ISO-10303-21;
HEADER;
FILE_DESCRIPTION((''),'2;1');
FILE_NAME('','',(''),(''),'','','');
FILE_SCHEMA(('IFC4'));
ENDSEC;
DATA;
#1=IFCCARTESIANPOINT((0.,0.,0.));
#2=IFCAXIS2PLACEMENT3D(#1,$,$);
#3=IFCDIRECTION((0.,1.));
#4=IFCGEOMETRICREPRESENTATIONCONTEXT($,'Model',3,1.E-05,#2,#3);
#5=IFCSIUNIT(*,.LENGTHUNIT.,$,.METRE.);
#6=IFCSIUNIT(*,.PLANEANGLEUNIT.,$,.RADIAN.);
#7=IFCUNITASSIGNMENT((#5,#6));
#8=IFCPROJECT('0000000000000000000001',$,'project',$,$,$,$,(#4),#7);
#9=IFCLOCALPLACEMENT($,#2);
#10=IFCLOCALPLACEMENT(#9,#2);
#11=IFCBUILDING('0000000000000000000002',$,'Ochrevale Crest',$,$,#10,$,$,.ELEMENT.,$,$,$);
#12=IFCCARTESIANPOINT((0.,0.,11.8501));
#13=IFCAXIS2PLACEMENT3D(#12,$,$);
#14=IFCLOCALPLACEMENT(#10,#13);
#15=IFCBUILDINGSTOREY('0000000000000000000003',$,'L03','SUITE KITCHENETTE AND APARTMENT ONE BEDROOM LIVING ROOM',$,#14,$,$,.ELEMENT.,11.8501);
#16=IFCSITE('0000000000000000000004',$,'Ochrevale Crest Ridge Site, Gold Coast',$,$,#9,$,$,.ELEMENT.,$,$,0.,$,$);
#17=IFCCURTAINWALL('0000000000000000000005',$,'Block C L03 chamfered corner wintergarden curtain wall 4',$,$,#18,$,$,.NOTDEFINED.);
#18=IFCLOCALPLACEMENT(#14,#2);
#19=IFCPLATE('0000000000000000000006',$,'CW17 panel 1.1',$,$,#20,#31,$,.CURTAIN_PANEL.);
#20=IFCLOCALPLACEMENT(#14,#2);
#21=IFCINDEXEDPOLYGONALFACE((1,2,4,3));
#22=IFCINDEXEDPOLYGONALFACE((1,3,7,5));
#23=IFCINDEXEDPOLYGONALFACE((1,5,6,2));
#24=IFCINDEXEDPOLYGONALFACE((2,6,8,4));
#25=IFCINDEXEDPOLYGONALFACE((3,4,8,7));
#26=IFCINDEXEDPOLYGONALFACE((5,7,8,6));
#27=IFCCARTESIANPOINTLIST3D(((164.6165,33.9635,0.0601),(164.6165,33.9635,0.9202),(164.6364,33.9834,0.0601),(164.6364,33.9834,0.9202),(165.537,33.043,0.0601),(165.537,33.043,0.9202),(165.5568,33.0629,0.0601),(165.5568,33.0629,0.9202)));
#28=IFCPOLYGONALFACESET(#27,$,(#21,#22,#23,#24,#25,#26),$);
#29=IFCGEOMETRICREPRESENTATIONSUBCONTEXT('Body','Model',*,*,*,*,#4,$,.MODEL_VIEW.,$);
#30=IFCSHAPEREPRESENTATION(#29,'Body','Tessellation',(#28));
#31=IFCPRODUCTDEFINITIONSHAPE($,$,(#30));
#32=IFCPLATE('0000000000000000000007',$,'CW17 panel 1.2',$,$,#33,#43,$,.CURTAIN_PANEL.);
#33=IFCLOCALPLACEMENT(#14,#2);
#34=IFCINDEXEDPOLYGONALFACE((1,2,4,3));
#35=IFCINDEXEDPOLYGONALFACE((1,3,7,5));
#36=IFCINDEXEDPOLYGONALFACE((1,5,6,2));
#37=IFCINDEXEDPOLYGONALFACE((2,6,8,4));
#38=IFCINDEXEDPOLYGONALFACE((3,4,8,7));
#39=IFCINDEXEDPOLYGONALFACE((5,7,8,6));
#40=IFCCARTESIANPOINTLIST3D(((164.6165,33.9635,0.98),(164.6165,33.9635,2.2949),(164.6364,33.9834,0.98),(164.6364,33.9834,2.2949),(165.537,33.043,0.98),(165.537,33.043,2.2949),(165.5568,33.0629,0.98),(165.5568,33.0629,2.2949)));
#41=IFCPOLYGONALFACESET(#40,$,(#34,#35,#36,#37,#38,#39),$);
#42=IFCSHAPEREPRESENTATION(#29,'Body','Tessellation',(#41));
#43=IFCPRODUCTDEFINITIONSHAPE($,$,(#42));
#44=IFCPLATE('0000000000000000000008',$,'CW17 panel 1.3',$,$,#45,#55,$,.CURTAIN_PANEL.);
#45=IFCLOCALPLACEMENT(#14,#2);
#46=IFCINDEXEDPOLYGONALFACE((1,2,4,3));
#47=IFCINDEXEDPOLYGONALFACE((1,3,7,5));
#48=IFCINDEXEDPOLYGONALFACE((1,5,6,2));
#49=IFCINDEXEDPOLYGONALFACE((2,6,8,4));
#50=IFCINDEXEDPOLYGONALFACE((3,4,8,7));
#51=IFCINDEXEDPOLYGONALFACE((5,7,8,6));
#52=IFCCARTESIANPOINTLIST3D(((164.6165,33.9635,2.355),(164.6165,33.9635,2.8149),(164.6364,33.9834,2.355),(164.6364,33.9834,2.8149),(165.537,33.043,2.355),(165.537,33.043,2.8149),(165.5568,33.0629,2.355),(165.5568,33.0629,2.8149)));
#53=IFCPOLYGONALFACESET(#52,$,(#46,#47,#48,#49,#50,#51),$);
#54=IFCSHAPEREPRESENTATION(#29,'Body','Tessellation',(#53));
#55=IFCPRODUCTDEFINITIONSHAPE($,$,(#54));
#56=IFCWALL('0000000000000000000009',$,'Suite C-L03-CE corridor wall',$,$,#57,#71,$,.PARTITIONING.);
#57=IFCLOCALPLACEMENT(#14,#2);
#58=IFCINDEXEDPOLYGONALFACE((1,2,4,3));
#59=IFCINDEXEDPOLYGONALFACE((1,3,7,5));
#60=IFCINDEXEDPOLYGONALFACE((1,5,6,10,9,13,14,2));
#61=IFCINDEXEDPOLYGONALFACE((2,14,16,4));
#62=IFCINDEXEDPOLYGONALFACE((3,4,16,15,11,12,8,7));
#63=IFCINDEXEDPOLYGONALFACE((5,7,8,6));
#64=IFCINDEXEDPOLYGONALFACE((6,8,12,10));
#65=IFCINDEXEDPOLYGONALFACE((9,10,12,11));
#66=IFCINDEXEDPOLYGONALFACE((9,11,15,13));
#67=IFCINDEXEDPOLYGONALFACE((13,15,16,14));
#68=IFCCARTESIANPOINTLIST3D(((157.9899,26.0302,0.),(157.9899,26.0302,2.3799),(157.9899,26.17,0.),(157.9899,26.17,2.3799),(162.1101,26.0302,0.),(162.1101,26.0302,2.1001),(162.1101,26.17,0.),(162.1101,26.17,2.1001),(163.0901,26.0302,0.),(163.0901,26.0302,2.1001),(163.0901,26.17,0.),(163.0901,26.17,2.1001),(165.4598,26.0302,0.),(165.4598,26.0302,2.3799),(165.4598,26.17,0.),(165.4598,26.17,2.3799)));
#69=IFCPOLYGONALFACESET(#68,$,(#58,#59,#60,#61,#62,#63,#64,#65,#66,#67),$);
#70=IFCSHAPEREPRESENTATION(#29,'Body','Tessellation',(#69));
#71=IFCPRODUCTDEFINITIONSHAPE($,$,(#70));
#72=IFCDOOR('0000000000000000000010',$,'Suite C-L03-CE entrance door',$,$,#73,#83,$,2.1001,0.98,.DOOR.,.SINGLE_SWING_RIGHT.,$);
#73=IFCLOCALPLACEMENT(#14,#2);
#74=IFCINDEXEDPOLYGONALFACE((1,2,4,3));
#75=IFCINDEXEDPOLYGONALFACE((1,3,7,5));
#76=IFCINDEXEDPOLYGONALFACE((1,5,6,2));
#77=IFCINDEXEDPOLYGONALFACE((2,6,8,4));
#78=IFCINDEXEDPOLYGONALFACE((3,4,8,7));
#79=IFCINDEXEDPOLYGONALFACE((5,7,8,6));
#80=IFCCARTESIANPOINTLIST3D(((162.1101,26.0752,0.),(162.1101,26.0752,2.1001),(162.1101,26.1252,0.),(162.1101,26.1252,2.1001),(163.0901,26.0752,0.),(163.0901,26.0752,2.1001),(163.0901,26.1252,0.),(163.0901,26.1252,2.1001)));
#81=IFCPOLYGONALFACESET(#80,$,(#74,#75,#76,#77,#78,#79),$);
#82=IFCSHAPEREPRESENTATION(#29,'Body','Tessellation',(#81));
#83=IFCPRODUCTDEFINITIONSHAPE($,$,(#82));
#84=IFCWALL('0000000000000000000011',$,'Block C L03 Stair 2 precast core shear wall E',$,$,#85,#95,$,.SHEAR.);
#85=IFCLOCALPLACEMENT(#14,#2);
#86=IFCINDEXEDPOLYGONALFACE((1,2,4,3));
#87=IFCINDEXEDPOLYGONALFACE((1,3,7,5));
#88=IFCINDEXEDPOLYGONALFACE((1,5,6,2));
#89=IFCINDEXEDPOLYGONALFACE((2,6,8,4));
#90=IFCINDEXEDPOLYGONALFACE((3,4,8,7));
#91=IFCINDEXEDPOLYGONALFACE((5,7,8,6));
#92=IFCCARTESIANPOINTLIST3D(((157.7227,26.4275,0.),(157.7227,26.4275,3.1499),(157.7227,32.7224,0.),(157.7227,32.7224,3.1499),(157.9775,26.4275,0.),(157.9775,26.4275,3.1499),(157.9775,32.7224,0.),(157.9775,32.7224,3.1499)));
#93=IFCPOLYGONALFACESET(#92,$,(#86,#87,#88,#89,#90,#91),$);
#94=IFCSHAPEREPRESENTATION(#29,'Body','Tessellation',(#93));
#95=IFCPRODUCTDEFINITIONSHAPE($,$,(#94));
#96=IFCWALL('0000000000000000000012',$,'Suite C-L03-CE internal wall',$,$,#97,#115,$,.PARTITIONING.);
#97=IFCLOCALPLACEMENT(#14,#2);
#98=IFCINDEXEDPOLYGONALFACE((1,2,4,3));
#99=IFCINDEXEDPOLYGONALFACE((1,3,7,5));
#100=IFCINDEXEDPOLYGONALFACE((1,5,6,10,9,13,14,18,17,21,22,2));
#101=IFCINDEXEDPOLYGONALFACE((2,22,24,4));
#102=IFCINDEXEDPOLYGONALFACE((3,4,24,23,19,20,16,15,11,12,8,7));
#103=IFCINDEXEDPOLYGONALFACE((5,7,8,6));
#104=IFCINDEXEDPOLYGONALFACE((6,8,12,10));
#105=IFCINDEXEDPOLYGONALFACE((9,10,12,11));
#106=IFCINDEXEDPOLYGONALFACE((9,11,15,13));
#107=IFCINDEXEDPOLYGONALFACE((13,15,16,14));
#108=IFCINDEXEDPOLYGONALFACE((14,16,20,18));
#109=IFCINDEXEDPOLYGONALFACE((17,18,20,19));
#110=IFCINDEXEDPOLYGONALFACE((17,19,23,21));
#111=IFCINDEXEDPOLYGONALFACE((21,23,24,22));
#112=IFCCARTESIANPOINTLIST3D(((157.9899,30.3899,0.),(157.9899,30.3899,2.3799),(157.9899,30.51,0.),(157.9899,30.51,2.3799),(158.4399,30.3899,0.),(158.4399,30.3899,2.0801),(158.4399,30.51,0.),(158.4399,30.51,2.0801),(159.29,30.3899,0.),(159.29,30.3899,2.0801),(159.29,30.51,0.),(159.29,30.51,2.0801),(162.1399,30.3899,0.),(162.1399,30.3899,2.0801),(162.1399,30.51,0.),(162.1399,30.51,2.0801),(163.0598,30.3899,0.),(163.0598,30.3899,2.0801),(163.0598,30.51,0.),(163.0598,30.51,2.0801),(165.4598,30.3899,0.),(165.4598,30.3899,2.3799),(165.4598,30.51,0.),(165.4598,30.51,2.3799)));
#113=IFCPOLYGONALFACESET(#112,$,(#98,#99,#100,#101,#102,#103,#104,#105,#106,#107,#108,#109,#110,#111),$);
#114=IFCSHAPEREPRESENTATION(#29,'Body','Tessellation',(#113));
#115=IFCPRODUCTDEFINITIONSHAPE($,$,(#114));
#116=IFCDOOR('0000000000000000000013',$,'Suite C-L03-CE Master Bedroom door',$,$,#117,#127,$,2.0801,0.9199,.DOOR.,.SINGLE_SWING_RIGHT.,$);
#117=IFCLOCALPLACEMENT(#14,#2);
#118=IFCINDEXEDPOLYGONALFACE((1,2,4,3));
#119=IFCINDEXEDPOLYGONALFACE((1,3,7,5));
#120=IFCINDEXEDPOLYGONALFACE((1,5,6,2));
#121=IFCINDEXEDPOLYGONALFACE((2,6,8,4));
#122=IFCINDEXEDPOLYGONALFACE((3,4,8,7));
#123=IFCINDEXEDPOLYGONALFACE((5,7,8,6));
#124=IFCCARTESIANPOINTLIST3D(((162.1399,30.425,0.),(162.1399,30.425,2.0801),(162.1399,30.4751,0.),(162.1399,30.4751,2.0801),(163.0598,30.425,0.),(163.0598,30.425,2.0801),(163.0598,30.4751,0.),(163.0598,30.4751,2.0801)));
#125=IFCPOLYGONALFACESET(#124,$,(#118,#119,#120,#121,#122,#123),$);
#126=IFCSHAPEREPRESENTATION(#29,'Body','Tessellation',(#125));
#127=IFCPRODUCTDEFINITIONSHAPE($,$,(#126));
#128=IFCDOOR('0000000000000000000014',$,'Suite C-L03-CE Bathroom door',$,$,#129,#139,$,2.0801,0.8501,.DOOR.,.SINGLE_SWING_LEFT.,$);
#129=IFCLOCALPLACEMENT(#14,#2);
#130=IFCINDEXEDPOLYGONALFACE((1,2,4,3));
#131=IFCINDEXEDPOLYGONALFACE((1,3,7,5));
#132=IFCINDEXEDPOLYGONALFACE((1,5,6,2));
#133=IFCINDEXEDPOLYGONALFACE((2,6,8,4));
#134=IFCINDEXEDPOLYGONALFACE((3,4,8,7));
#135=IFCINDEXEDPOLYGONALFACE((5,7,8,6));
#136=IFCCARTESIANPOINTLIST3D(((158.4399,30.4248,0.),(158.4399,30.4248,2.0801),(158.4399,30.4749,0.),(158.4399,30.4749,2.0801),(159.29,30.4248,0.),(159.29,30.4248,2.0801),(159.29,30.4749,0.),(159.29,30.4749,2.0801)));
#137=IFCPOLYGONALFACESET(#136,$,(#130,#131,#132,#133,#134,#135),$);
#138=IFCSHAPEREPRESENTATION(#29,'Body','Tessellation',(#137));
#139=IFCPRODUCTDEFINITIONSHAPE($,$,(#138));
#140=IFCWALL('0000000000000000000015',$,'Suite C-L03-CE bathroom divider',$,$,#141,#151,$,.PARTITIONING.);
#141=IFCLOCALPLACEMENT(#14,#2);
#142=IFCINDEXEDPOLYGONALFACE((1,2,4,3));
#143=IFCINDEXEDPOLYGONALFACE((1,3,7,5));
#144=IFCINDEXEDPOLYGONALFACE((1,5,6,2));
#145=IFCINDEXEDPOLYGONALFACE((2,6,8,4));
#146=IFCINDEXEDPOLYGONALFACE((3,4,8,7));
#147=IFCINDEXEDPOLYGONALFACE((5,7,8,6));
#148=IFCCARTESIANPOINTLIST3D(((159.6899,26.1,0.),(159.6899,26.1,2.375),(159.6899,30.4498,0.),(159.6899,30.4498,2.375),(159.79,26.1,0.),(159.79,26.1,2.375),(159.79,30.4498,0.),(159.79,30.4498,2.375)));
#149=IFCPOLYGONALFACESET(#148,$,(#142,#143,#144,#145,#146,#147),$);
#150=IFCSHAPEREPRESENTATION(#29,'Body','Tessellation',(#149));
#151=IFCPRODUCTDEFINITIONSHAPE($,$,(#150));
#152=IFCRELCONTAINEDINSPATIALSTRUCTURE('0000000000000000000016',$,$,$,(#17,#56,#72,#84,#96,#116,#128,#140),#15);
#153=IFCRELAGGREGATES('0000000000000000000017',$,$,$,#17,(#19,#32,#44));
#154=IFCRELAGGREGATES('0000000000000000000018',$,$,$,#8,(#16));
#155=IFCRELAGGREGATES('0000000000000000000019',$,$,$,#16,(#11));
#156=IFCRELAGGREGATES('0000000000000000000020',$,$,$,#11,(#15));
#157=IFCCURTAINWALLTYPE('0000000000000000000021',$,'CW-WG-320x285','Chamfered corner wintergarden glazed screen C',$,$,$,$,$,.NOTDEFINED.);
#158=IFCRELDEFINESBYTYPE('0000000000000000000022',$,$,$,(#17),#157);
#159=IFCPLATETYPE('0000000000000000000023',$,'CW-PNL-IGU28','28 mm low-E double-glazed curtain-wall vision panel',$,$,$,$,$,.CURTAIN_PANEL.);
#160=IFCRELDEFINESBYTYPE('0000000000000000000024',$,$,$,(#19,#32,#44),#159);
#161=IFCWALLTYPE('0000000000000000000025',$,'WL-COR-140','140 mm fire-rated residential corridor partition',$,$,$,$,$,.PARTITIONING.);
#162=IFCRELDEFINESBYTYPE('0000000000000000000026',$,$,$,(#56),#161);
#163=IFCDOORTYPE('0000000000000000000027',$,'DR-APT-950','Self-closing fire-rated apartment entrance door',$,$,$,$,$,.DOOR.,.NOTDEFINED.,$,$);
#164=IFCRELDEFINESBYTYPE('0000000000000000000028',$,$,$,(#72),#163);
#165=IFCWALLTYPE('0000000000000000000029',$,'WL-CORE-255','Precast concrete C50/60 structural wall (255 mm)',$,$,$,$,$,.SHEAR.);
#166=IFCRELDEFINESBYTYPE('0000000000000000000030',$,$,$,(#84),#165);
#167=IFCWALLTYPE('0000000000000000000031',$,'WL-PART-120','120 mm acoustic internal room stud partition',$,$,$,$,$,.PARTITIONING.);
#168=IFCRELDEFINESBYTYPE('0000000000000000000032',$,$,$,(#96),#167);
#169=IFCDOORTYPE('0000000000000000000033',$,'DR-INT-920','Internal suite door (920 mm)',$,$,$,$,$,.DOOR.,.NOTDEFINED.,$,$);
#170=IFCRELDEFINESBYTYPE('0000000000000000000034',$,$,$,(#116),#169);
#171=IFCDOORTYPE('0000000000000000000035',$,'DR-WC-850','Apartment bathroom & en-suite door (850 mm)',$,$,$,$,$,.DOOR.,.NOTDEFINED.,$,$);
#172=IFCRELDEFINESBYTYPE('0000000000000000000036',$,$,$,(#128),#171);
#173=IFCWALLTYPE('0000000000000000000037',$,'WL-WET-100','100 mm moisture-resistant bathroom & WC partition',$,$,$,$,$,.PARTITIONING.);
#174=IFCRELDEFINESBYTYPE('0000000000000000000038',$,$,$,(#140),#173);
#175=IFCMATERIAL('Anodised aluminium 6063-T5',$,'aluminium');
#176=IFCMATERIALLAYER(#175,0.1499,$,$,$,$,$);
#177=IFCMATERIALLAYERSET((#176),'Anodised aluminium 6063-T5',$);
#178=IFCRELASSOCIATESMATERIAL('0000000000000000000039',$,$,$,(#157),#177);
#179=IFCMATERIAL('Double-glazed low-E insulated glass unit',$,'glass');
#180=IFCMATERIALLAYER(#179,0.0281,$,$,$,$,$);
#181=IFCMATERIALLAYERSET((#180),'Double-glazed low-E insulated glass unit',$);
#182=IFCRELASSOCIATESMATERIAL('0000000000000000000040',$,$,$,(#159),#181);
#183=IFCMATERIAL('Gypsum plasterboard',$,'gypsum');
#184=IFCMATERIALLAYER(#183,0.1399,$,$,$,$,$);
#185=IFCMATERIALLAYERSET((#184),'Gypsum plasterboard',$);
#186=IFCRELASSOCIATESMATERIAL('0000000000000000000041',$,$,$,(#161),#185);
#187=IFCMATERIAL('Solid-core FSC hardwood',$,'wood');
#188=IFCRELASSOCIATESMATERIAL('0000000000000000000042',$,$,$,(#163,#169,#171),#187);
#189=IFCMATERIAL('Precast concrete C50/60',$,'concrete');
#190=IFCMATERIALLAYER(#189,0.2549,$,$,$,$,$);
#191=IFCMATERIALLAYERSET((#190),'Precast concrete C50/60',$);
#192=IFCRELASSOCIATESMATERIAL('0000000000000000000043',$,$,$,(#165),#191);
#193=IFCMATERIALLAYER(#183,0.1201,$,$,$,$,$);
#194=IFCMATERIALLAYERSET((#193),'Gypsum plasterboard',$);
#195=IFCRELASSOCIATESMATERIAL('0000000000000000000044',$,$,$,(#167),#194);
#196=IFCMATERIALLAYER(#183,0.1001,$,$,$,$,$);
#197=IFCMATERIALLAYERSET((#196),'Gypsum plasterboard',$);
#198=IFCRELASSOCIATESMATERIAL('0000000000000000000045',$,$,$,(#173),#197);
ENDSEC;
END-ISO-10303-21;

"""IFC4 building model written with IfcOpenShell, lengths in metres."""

from ifc_helpers import new_model, si_unit, direction, frame, frame_2d, origin, origin_2d, place, context, subcontext, project, spatial, rectangle, extrude, material, layer, layer_set, type_object, element, fill, aggregate, save


model = new_model("IFC4")

# Units and contexts
model_context = context("Model", 3, precision=1e-05, world=origin(), true_north=direction((0.0, 1.0)))
body_context = subcontext(model_context, "Body", "Model", "MODEL_VIEW")
ifc_project = project(units=[si_unit("LENGTHUNIT", "METRE"), si_unit("PLANEANGLEUNIT", "RADIAN")], contexts=[model_context])

# Site, building, storey
site_placement = place(None, origin())
site = spatial("IfcSite", under=ifc_project, at=site_placement, Name="Ochrevale Crest Ridge Site, Gold Coast", CompositionType="ELEMENT", RefElevation=0.0)
building_placement = place(site_placement, origin())
building = spatial("IfcBuilding", under=site, at=building_placement, Name="Ochrevale Crest", CompositionType="ELEMENT")
storey_placement = place(building_placement, frame((0.0, 0.0, 11.8501)))
storey = spatial("IfcBuildingStorey", under=building, at=storey_placement, Name="L03", Description="SUITE KITCHENETTE AND APARTMENT ONE BEDROOM LIVING ROOM", CompositionType="ELEMENT", Elevation=11.8501)

# Shared definitions
ifc_material_1 = material(Name="Precast concrete C50/60", Category="concrete")

# Curtain wall, plates
ifc_material_2 = material(Name="Anodised aluminium 6063-T5", Category="aluminium")
ifc_layer_1 = layer(ifc_material_2, 0.1499)
ifc_layer_set_1 = layer_set([ifc_layer_1], Name="Anodised aluminium 6063-T5")
curtain_wall_type = type_object("IfcCurtainWallType", Name="CW-WG-320x285", Description="Chamfered corner wintergarden glazed screen C", PredefinedType="NOTDEFINED", material=ifc_layer_set_1)
curtain_wall_placement = place(storey_placement, origin())
curtain_wall = element("IfcCurtainWall", 1, at=curtain_wall_placement, inside=storey, type_object=curtain_wall_type, Name="Block C L03 chamfered corner wintergarden curtain wall 4", PredefinedType="NOTDEFINED")
ifc_material_3 = material(Name="Double-glazed low-E insulated glass unit", Category="glass")
ifc_layer_2 = layer(ifc_material_3, 0.0281)
ifc_layer_set_2 = layer_set([ifc_layer_2], Name="Double-glazed low-E insulated glass unit")
plate_type = type_object("IfcPlateType", Name="CW-PNL-IGU28", Description="28 mm low-E double-glazed curtain-wall vision panel", PredefinedType="CURTAIN_PANEL", material=ifc_layer_set_2)
plate_1_placement = place(storey_placement, frame((165.0867, 33.5132, 0.0601), z_axis=(0.0, 0.0, 1.0), x_axis=(-0.707107, 0.707107, 0.0)))
plate_1 = element("IfcPlate", 2, at=plate_1_placement, type_object=plate_type, Name="CW17 panel 1.1", PredefinedType="CURTAIN_PANEL", context=body_context, shape_type="SweptSolid", body=[
    extrude(rectangle(XDim=1.3018, YDim=0.0281, at=origin_2d()), origin(), (0.0, 0.0, 1.0), 0.8601),
])
plate_2_placement = place(storey_placement, frame((165.0867, 33.5132, 0.98), z_axis=(0.0, 0.0, 1.0), x_axis=(-0.707107, 0.707107, 0.0)))
plate_2 = element("IfcPlate", 3, at=plate_2_placement, type_object=plate_type, Name="CW17 panel 1.2", PredefinedType="CURTAIN_PANEL", context=body_context, shape_type="SweptSolid", body=[
    extrude(rectangle(XDim=1.3018, YDim=0.0281, at=origin_2d()), origin(), (0.0, 0.0, 1.0), 1.3149),
])
plate_3_placement = place(storey_placement, frame((165.0867, 33.5132, 2.355), z_axis=(0.0, 0.0, 1.0), x_axis=(-0.707107, 0.707107, 0.0)))
plate_3 = element("IfcPlate", 4, at=plate_3_placement, type_object=plate_type, Name="CW17 panel 1.3", PredefinedType="CURTAIN_PANEL", context=body_context, shape_type="SweptSolid", body=[
    extrude(rectangle(XDim=1.3018, YDim=0.0281, at=origin_2d()), origin(), (0.0, 0.0, 1.0), 0.46),
])
aggregate(curtain_wall, [plate_1, plate_2, plate_3])

# Wall, opening, door
ifc_material_4 = material(Name="Gypsum plasterboard", Category="gypsum")
ifc_layer_3 = layer(ifc_material_4, 0.1399)
ifc_layer_set_3 = layer_set([ifc_layer_3], Name="Gypsum plasterboard")
wall_type_1 = type_object("IfcWallType", Name="WL-COR-140", Description="140 mm fire-rated residential corridor partition", PredefinedType="PARTITIONING", material=ifc_layer_set_3)
wall_1_placement = place(storey_placement, frame((157.99, 26.1001, 0.0), z_axis=(0.0, 0.0, 1.0), x_axis=(1.0, 0.0, 0.0)))
wall_1 = element("IfcWall", 5, at=wall_1_placement, inside=storey, type_object=wall_type_1, Name="Suite C-L03-CE corridor wall", PredefinedType="PARTITIONING", context=body_context, shape_type="SweptSolid", body=[
    extrude(rectangle(XDim=7.47, YDim=0.1399, at=frame_2d((3.7349, 0.0))), origin(), (0.0, 0.0, 1.0), 2.3799),
])
opening_1_placement = place(wall_1_placement, frame((5.1001, 0.0, 0.0), z_axis=(0.0, 0.0, 1.0), x_axis=(-1.0, 0.0, 0.0)))
opening_1 = element("IfcOpeningElement", 6, at=opening_1_placement, cuts=wall_1, PredefinedType="OPENING", context=body_context, shape_type="SweptSolid", body=[
    extrude(rectangle(XDim=0.98, YDim=2.1001, at=frame_2d((0.49, 1.05))), frame((0.0, 0.0801, 0.0), z_axis=(0.0, -1.0, 0.0), x_axis=(1.0, 0.0, 0.0)), (0.0, 0.0, 1.0), 0.1599),
])
ifc_material_5 = material(Name="Solid-core FSC hardwood", Category="wood")
door_type_1 = type_object("IfcDoorType", Name="DR-APT-950", Description="Self-closing fire-rated apartment entrance door", OperationType="NOTDEFINED", PredefinedType="DOOR", material=ifc_material_5)
door_1_placement = place(opening_1_placement, origin())
door_1 = element("IfcDoor", 7, at=door_1_placement, inside=storey, type_object=door_type_1, Name="Suite C-L03-CE entrance door", OperationType="SINGLE_SWING_RIGHT", OverallHeight=2.1001, OverallWidth=0.98, PredefinedType="DOOR", context=body_context, shape_type="SweptSolid", body=[
    extrude(rectangle(XDim=0.98, YDim=2.1001, at=frame_2d((0.49, 1.05))), frame((0.0, 0.0249, 0.0), z_axis=(0.0, -1.0, 0.0), x_axis=(1.0, 0.0, 0.0)), (0.0, 0.0, 1.0), 0.05),
])
fill(opening_1, door_1)

# Wall
ifc_layer_4 = layer(ifc_material_1, 0.2549)
ifc_layer_set_4 = layer_set([ifc_layer_4], Name="Precast concrete C50/60")
wall_type_2 = type_object("IfcWallType", Name="WL-CORE-255", Description="Precast concrete C50/60 structural wall (255 mm)", PredefinedType="SHEAR", material=ifc_layer_set_4)
wall_2_placement = place(storey_placement, frame((157.8501, 26.4275, 0.0), z_axis=(0.0, 0.0, 1.0), x_axis=(0.0, 1.0, 0.0)))
element("IfcWall", 8, at=wall_2_placement, inside=storey, type_object=wall_type_2, Name="Block C L03 Stair 2 precast core shear wall E", PredefinedType="SHEAR", context=body_context, shape_type="SweptSolid", body=[
    extrude(rectangle(XDim=6.2949, YDim=0.2549, at=frame_2d((3.1475, 0.0))), origin(), (0.0, 0.0, 1.0), 3.1499),
])

# Wall, openings, doors
ifc_layer_5 = layer(ifc_material_4, 0.1201)
ifc_layer_set_5 = layer_set([ifc_layer_5], Name="Gypsum plasterboard")
wall_type_3 = type_object("IfcWallType", Name="WL-PART-120", Description="120 mm acoustic internal room stud partition", PredefinedType="PARTITIONING", material=ifc_layer_set_5)
wall_3_placement = place(storey_placement, frame((157.99, 30.45, 0.0), z_axis=(0.0, 0.0, 1.0), x_axis=(1.0, 0.0, 0.0)))
wall_3 = element("IfcWall", 9, at=wall_3_placement, inside=storey, type_object=wall_type_3, Name="Suite C-L03-CE internal wall", PredefinedType="PARTITIONING", context=body_context, shape_type="SweptSolid", body=[
    extrude(rectangle(XDim=7.47, YDim=0.1201, at=frame_2d((3.7349, 0.0))), origin(), (0.0, 0.0, 1.0), 2.3799),
])
opening_2_placement = place(wall_3_placement, frame((0.45, 0.0, 0.0)))
opening_2 = element("IfcOpeningElement", 10, at=opening_2_placement, cuts=wall_3, PredefinedType="OPENING", context=body_context, shape_type="SweptSolid", body=[
    extrude(rectangle(XDim=0.8501, YDim=2.0801, at=frame_2d((0.425, 1.04))), frame((0.0, 0.0701, 0.0), z_axis=(0.0, -1.0, 0.0), x_axis=(1.0, 0.0, 0.0)), (0.0, 0.0, 1.0), 0.1401),
])
opening_3_placement = place(wall_3_placement, frame((5.0698, 0.0, 0.0), z_axis=(0.0, 0.0, 1.0), x_axis=(-1.0, 0.0, 0.0)))
opening_3 = element("IfcOpeningElement", 11, at=opening_3_placement, cuts=wall_3, PredefinedType="OPENING", context=body_context, shape_type="SweptSolid", body=[
    extrude(rectangle(XDim=0.9199, YDim=2.0801, at=frame_2d((0.46, 1.04))), frame((0.0, 0.0701, 0.0), z_axis=(0.0, -1.0, 0.0), x_axis=(1.0, 0.0, 0.0)), (0.0, 0.0, 1.0), 0.1401),
])
door_type_2 = type_object("IfcDoorType", Name="DR-INT-920", Description="Internal suite door (920 mm)", OperationType="NOTDEFINED", PredefinedType="DOOR", material=ifc_material_5)
door_2_placement = place(opening_3_placement, origin())
door_2 = element("IfcDoor", 12, at=door_2_placement, inside=storey, type_object=door_type_2, Name="Suite C-L03-CE Master Bedroom door", OperationType="SINGLE_SWING_RIGHT", OverallHeight=2.0801, OverallWidth=0.9199, PredefinedType="DOOR", context=body_context, shape_type="SweptSolid", body=[
    extrude(rectangle(XDim=0.9199, YDim=2.0801, at=frame_2d((0.46, 1.04))), frame((0.0, 0.0249, 0.0), z_axis=(0.0, -1.0, 0.0), x_axis=(1.0, 0.0, 0.0)), (0.0, 0.0, 1.0), 0.05),
])
fill(opening_3, door_2)
door_type_3 = type_object("IfcDoorType", Name="DR-WC-850", Description="Apartment bathroom & en-suite door (850 mm)", OperationType="NOTDEFINED", PredefinedType="DOOR", material=ifc_material_5)
door_3_placement = place(opening_2_placement, origin())
door_3 = element("IfcDoor", 13, at=door_3_placement, inside=storey, type_object=door_type_3, Name="Suite C-L03-CE Bathroom door", OperationType="SINGLE_SWING_LEFT", OverallHeight=2.0801, OverallWidth=0.8501, PredefinedType="DOOR", context=body_context, shape_type="SweptSolid", body=[
    extrude(rectangle(XDim=0.8501, YDim=2.0801, at=frame_2d((0.425, 1.04))), frame((0.0, 0.0249, 0.0), z_axis=(0.0, -1.0, 0.0), x_axis=(1.0, 0.0, 0.0)), (0.0, 0.0, 1.0), 0.05),
])
fill(opening_2, door_3)

# Wall
ifc_layer_6 = layer(ifc_material_4, 0.1001)
ifc_layer_set_6 = layer_set([ifc_layer_6], Name="Gypsum plasterboard")
wall_type_4 = type_object("IfcWallType", Name="WL-WET-100", Description="100 mm moisture-resistant bathroom & WC partition", PredefinedType="PARTITIONING", material=ifc_layer_set_6)
wall_4_placement = place(storey_placement, frame((159.74, 26.1001, 0.0), z_axis=(0.0, 0.0, 1.0), x_axis=(0.0, 1.0, 0.0)))
element("IfcWall", 14, at=wall_4_placement, inside=storey, type_object=wall_type_4, Name="Suite C-L03-CE bathroom divider", PredefinedType="PARTITIONING", context=body_context, shape_type="SweptSolid", body=[
    extrude(rectangle(XDim=4.3499, YDim=0.1001, at=frame_2d((2.1748, 0.0))), origin(), (0.0, 0.0, 1.0), 2.375),
])

save(model, "model.ifc")
